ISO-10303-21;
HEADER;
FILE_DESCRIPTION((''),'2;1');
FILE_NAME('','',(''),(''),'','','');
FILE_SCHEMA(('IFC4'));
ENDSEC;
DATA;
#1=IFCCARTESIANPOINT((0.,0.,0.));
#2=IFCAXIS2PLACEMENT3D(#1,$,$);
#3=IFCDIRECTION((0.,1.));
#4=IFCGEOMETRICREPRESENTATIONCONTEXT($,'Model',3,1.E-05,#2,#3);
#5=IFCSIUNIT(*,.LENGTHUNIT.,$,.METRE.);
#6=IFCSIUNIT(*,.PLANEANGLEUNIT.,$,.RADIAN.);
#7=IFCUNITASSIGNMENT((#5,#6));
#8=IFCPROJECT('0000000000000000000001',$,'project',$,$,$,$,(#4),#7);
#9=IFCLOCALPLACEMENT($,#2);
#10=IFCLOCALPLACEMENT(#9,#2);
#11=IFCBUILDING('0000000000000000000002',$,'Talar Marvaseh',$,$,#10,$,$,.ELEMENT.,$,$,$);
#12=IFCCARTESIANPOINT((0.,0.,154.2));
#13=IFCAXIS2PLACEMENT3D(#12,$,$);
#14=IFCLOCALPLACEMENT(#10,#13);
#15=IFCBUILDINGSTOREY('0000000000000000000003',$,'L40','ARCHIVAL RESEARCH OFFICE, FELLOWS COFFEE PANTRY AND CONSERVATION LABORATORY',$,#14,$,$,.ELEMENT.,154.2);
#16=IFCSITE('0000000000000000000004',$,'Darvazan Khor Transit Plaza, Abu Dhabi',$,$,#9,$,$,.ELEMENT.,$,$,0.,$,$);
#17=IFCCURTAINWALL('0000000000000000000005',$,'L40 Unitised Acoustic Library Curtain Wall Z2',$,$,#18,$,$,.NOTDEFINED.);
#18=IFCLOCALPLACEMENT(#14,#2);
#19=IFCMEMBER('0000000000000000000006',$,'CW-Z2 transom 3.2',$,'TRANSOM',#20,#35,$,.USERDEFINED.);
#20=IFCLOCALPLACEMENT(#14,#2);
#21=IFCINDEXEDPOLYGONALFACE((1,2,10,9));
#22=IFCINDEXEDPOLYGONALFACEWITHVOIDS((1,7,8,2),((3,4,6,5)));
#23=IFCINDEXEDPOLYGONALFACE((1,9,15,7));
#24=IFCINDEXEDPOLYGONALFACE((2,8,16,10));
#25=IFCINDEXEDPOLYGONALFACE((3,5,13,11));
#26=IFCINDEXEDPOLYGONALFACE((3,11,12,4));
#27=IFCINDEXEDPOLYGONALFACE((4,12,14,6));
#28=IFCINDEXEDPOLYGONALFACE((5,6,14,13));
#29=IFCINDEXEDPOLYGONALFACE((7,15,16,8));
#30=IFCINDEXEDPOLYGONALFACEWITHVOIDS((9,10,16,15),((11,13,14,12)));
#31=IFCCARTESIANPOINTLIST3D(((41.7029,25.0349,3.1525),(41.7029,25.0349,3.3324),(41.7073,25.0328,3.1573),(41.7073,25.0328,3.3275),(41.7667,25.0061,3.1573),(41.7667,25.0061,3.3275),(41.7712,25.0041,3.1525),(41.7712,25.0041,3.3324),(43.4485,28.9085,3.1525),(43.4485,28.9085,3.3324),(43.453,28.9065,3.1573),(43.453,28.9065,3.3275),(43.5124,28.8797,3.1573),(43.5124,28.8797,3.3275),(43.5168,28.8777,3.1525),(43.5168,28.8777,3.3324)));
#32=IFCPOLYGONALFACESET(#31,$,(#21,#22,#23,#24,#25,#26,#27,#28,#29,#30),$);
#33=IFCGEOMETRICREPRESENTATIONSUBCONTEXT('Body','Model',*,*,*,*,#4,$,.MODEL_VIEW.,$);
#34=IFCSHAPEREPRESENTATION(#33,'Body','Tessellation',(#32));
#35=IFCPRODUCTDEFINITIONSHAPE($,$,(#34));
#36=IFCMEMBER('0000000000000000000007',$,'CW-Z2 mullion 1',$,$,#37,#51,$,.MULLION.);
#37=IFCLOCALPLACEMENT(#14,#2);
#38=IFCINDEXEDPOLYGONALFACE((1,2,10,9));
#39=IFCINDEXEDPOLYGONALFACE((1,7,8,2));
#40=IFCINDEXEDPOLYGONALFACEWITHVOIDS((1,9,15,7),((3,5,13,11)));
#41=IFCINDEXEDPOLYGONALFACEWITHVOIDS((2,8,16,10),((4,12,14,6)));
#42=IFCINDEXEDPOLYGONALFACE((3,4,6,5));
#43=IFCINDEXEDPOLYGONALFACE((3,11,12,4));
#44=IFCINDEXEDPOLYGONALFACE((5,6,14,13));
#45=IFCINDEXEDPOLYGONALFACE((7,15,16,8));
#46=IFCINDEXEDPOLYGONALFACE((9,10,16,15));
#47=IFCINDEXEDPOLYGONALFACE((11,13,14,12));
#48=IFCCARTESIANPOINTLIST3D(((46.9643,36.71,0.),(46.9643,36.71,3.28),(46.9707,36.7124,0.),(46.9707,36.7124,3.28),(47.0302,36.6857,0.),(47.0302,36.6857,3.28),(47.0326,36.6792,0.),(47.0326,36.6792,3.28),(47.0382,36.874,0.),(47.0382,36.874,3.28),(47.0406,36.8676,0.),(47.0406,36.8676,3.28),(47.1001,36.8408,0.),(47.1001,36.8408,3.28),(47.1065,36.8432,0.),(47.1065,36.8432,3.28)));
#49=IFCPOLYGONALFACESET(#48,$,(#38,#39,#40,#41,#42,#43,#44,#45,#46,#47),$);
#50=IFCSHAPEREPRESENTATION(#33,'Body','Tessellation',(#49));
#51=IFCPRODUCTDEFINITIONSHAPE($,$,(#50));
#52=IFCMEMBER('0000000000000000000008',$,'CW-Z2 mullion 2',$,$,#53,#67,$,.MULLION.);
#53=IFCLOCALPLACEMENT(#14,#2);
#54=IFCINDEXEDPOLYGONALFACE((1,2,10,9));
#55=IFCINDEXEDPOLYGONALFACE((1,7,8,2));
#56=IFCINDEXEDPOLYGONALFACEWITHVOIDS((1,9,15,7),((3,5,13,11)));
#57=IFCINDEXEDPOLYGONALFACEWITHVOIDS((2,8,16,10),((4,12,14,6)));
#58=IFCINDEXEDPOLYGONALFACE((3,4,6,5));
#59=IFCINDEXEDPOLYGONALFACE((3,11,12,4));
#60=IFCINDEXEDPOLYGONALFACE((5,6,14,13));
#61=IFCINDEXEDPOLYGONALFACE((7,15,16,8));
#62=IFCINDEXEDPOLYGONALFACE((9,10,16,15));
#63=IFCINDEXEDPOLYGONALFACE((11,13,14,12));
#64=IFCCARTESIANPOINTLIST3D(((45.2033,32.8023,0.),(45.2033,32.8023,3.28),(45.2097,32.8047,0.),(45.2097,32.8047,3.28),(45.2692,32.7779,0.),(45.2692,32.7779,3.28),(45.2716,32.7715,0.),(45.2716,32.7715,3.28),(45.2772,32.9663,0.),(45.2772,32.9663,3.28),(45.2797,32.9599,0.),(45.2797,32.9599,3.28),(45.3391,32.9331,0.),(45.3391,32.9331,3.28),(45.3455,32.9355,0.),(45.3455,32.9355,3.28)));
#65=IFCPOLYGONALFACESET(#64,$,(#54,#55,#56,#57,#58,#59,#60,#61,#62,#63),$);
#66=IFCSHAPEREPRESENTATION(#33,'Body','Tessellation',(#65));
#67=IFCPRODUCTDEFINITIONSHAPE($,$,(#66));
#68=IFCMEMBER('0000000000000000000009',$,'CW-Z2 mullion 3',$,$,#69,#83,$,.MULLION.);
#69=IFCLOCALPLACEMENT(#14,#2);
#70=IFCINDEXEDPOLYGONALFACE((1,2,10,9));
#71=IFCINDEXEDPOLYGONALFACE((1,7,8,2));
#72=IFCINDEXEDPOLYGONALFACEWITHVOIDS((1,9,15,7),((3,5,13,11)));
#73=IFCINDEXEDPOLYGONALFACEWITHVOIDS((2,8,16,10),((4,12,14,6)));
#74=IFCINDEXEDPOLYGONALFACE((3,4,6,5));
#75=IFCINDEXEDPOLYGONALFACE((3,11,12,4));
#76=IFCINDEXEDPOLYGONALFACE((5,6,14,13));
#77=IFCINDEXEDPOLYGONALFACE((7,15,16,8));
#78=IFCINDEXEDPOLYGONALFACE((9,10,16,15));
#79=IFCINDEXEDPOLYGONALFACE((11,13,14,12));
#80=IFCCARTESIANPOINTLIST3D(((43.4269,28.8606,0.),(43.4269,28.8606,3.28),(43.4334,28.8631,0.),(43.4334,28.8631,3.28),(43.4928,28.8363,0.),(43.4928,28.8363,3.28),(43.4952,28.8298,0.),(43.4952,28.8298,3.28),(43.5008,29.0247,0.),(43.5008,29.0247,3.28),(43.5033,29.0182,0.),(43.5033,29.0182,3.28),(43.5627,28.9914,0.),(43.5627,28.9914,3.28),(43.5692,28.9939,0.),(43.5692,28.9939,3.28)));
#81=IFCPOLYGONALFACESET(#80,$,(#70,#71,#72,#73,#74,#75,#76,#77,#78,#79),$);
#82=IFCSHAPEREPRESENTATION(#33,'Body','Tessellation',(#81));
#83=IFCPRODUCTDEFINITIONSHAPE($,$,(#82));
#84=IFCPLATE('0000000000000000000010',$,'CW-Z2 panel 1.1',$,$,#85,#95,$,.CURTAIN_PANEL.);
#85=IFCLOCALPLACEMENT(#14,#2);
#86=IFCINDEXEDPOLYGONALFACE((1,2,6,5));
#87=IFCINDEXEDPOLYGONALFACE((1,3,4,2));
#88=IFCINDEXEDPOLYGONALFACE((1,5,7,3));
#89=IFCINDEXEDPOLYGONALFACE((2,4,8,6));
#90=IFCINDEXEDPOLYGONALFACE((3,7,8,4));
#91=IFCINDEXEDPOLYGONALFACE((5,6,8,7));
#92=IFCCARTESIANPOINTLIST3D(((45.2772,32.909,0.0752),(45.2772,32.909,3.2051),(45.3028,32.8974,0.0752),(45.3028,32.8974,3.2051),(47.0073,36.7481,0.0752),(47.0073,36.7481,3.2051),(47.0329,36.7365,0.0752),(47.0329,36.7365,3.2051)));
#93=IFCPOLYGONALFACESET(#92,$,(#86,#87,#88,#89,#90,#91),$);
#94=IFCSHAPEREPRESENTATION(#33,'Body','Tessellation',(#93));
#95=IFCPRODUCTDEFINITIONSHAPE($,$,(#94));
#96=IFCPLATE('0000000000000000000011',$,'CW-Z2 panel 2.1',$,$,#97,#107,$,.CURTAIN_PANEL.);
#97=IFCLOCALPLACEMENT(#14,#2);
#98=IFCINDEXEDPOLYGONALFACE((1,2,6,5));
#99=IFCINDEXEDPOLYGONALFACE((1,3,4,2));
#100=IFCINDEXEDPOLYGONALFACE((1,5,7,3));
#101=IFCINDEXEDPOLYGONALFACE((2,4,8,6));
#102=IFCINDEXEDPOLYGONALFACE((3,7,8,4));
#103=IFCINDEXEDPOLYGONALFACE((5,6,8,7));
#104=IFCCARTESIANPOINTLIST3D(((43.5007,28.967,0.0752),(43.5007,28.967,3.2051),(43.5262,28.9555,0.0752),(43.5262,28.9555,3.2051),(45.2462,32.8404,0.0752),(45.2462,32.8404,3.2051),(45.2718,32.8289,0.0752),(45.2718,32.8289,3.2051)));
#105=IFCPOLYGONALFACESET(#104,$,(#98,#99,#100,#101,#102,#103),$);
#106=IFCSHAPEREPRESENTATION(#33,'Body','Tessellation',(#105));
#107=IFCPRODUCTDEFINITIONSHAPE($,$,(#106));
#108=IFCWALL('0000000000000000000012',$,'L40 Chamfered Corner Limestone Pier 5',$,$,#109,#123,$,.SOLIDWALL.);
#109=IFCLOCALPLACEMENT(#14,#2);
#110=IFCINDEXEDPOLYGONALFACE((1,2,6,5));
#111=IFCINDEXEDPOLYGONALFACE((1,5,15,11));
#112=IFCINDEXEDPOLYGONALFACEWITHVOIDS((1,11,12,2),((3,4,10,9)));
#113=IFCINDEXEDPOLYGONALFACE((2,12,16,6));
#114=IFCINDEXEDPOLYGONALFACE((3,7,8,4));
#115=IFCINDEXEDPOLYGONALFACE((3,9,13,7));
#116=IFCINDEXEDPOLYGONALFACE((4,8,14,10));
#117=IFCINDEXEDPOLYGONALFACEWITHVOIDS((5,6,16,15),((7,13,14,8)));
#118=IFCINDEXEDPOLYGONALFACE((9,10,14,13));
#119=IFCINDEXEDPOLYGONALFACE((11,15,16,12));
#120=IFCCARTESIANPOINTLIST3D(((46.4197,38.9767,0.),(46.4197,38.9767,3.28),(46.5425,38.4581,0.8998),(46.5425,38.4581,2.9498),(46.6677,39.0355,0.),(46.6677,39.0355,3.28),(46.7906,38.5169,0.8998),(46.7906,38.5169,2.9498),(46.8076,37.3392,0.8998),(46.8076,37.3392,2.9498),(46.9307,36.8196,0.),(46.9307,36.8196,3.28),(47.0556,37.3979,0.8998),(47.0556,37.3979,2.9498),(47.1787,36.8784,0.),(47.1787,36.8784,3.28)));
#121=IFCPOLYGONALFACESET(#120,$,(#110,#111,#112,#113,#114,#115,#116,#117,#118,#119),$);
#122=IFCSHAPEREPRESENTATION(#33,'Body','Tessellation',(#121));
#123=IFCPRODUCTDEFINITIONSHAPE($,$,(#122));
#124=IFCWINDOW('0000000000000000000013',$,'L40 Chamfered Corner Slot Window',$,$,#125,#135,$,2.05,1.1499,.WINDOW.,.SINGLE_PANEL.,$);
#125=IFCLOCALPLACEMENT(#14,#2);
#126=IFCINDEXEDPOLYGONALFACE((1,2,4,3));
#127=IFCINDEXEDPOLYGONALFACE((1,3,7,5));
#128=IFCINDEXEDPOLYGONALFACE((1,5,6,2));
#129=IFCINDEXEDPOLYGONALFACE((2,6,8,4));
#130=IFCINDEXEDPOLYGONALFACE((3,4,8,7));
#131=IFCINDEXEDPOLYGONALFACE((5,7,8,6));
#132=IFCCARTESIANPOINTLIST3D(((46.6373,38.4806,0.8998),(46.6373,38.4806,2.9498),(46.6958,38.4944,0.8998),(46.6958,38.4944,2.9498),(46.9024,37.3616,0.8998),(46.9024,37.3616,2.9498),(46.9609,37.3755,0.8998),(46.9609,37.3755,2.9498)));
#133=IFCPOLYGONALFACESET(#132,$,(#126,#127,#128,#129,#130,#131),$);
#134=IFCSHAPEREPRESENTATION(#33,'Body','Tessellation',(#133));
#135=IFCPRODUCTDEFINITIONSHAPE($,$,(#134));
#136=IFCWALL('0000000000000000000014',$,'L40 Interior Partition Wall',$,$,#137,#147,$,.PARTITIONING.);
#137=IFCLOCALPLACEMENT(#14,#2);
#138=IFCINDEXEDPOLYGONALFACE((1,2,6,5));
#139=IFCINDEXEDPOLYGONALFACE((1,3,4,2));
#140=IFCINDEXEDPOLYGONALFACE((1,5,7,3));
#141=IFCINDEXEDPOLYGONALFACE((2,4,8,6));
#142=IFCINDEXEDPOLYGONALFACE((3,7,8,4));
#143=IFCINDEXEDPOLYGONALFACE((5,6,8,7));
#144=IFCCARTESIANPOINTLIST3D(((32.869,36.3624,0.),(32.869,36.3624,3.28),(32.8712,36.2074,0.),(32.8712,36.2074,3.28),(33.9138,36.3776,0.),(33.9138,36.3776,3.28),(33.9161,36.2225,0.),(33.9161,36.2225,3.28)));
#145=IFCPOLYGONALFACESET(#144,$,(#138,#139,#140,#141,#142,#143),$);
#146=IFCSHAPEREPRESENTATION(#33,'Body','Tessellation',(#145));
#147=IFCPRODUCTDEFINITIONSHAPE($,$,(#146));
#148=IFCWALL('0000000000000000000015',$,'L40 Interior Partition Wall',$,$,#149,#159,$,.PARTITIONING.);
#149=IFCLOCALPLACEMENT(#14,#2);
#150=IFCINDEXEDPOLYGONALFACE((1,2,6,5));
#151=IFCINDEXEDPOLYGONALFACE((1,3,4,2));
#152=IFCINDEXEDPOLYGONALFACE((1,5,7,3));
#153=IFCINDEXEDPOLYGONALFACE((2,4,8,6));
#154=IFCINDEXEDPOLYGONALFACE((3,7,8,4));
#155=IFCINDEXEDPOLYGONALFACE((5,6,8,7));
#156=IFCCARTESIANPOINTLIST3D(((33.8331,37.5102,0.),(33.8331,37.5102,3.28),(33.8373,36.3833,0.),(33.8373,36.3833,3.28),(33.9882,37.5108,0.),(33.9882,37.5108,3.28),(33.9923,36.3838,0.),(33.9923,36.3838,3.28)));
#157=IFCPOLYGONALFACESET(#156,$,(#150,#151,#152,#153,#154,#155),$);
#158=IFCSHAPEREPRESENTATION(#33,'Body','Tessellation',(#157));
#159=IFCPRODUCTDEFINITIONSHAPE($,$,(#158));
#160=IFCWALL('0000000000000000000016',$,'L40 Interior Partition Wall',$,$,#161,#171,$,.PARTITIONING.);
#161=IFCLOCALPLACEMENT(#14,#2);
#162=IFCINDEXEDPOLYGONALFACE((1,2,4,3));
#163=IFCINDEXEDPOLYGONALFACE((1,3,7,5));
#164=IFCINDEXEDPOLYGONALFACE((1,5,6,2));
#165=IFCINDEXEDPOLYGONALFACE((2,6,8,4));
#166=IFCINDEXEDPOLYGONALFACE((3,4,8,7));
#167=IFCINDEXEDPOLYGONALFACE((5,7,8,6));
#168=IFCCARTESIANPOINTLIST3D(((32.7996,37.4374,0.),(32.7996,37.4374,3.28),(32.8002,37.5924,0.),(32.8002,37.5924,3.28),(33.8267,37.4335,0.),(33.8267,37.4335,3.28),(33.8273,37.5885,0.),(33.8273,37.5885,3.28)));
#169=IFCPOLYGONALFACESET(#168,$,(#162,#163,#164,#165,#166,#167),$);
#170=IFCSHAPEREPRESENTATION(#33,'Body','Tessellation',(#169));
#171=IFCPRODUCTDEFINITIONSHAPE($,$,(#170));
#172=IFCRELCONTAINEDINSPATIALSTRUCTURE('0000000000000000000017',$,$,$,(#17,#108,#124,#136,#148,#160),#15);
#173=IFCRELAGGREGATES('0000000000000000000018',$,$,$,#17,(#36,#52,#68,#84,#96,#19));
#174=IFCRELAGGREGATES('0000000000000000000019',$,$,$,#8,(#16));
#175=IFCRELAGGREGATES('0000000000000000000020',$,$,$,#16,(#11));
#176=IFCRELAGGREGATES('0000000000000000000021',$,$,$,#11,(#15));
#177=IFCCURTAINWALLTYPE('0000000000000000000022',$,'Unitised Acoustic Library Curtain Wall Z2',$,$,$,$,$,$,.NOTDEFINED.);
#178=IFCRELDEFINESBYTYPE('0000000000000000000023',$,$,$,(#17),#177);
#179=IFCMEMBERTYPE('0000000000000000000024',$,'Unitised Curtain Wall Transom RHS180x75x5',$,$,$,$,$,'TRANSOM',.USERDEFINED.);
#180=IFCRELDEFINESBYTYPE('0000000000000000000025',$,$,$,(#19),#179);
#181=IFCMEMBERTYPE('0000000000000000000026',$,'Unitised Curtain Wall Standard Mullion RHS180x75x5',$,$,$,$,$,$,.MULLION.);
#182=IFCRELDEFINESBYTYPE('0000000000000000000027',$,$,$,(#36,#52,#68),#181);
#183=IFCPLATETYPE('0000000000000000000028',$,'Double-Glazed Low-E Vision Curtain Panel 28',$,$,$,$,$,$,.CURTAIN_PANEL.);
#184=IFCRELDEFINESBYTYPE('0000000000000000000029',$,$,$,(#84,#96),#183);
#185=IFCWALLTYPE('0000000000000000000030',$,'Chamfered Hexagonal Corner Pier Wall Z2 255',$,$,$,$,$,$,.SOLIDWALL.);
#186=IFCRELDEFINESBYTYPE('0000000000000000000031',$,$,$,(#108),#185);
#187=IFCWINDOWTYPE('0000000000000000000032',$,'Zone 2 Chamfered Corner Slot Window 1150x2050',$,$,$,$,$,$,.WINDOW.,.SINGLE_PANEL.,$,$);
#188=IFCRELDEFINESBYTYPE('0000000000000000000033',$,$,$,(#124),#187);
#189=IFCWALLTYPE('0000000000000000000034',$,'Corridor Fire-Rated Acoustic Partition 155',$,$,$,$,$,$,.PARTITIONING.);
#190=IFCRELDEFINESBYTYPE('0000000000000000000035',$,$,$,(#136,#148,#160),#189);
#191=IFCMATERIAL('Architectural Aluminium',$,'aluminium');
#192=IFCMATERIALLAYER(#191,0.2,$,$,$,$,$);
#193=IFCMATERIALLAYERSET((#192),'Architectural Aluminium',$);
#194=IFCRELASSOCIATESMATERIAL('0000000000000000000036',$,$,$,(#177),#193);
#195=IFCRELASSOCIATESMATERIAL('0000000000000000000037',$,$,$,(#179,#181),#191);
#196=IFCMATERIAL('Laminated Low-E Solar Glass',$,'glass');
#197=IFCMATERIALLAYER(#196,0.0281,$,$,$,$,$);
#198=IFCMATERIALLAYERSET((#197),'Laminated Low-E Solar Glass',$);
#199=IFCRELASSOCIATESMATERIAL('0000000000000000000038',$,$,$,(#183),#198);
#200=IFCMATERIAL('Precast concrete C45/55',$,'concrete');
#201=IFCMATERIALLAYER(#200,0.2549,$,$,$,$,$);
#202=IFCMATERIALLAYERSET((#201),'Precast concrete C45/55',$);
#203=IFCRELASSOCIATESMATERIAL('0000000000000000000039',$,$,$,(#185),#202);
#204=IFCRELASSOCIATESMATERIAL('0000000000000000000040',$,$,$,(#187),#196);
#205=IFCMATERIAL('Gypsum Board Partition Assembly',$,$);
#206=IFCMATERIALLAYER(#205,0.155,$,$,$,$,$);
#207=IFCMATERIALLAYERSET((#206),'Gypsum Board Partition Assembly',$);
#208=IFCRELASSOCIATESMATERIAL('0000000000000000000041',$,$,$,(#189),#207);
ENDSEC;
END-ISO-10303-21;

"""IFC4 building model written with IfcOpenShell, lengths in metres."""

from ifc_helpers import new_model, si_unit, direction, frame, frame_2d, origin, origin_2d, place, context, subcontext, project, spatial, rectangle, hollow_rectangle, extrude, source, transform, mapped, material, layer, layer_set, material_profile, profile_set, type_object, type_shapes, element, fill, aggregate, save


model = new_model("IFC4")

# Units and contexts
model_context = context("Model", 3, precision=1e-05, world=origin(), true_north=direction((0.0, 1.0)))
body_context = subcontext(model_context, "Body", "Model", "MODEL_VIEW")
ifc_project = project(units=[si_unit("LENGTHUNIT", "METRE"), si_unit("PLANEANGLEUNIT", "RADIAN")], contexts=[model_context])

# Site, building, storey
site_placement = place(None, origin())
site = spatial("IfcSite", under=ifc_project, at=site_placement, Name="Darvazan Khor Transit Plaza, Abu Dhabi", CompositionType="ELEMENT", RefElevation=0.0)
building_placement = place(site_placement, origin())
building = spatial("IfcBuilding", under=site, at=building_placement, Name="Talar Marvaseh", CompositionType="ELEMENT")
storey_placement = place(building_placement, frame((0.0, 0.0, 154.2)))
storey = spatial("IfcBuildingStorey", under=building, at=storey_placement, Name="L40", Description="ARCHIVAL RESEARCH OFFICE, FELLOWS COFFEE PANTRY AND CONSERVATION LABORATORY", CompositionType="ELEMENT", Elevation=154.2)

# Curtain wall, members, plates
ifc_material_1 = material(Name="Architectural Aluminium", Category="aluminium")
ifc_layer_1 = layer(ifc_material_1, 0.2)
ifc_layer_set_1 = layer_set([ifc_layer_1], Name="Architectural Aluminium")
curtain_wall_type = type_object("IfcCurtainWallType", Name="Unitised Acoustic Library Curtain Wall Z2", PredefinedType="NOTDEFINED", material=ifc_layer_set_1)
curtain_wall_placement = place(storey_placement, origin())
curtain_wall = element("IfcCurtainWall", 1, at=curtain_wall_placement, inside=storey, type_object=curtain_wall_type, Name="L40 Unitised Acoustic Library Curtain Wall Z2", PredefinedType="NOTDEFINED")
ifc_material_profile_1 = material_profile(ifc_material_1, hollow_rectangle(XDim=0.075, YDim=0.1799, WallThickness=0.0049, at=origin_2d()), Name="RHS180x75x5")
ifc_profile_set_1 = profile_set([ifc_material_profile_1], Name="Architectural Aluminium")
member_type_1 = type_object("IfcMemberType", Name="Unitised Curtain Wall Transom RHS180x75x5", ElementType="TRANSOM", PredefinedType="USERDEFINED", material=ifc_profile_set_1)
shared_shape_1 = source(origin(), body_context, "Body", "SweptSolid", [
    extrude(hollow_rectangle(XDim=0.075, YDim=0.1799, WallThickness=0.0049, at=origin_2d()), origin(), (0.0, 0.0, 1.0), 4.2488),
])
member_1_placement = place(storey_placement, frame((43.4827, 28.8931, 3.2424), z_axis=(-0.410857, -0.9117, 0.0), x_axis=(0.9117, -0.410857, 0.0)))
member_1 = element("IfcMember", 2, at=member_1_placement, type_object=member_type_1, Name="CW-Z2 transom 3.2", ObjectType="TRANSOM", PredefinedType="USERDEFINED", context=body_context, shape_type="MappedRepresentation", body=[
    mapped(shared_shape_1, transform((0.0, 0.0, 0.0), x_axis=(1.0, 0.0, 0.0), y_axis=(0.0, 1.0, 0.0), z_axis=(0.0, 0.0, 1.0), scale=1.0)),
])
ifc_material_profile_2 = material_profile(ifc_material_1, hollow_rectangle(XDim=0.075, YDim=0.1799, WallThickness=0.0049, at=origin_2d()), Name="RHS180x75x5")
ifc_profile_set_2 = profile_set([ifc_material_profile_2], Name="Architectural Aluminium")
member_type_2 = type_object("IfcMemberType", Name="Unitised Curtain Wall Standard Mullion RHS180x75x5", PredefinedType="MULLION", material=ifc_profile_set_2)
shared_shape_2 = source(origin(), body_context, "Body", "SweptSolid", [
    extrude(hollow_rectangle(XDim=0.075, YDim=0.1799, WallThickness=0.0049, at=origin_2d()), origin(), (0.0, 0.0, 1.0), 3.28),
])
type_shapes(member_type_2, [shared_shape_2])
member_2_placement = place(storey_placement, frame((47.0354, 36.7766, 0.0), z_axis=(0.0, 0.0, 1.0), x_axis=(0.911697, -0.410862, 0.0)))
member_2 = element("IfcMember", 3, at=member_2_placement, type_object=member_type_2, Name="CW-Z2 mullion 1", PredefinedType="MULLION", context=body_context, shape_type="MappedRepresentation", body=[
    mapped(shared_shape_2, transform((0.0, 0.0, 0.0), x_axis=(1.0, 0.0, 0.0), y_axis=(0.0, 1.0, 0.0), z_axis=(0.0, 0.0, 1.0), scale=1.0)),
])
member_3_placement = place(storey_placement, frame((45.2744, 32.8689, 0.0), z_axis=(0.0, 0.0, 1.0), x_axis=(0.911697, -0.410862, 0.0)))
member_3 = element("IfcMember", 4, at=member_3_placement, type_object=member_type_2, Name="CW-Z2 mullion 2", PredefinedType="MULLION", context=body_context, shape_type="MappedRepresentation", body=[
    mapped(shared_shape_2, transform((0.0, 0.0, 0.0), x_axis=(1.0, 0.0, 0.0), y_axis=(0.0, 1.0, 0.0), z_axis=(0.0, 0.0, 1.0), scale=1.0)),
])
member_4_placement = place(storey_placement, frame((43.498, 28.9272, 0.0), z_axis=(0.0, 0.0, 1.0), x_axis=(0.911697, -0.410862, 0.0)))
member_4 = element("IfcMember", 5, at=member_4_placement, type_object=member_type_2, Name="CW-Z2 mullion 3", PredefinedType="MULLION", context=body_context, shape_type="MappedRepresentation", body=[
    mapped(shared_shape_2, transform((0.0, 0.0, 0.0), x_axis=(1.0, 0.0, 0.0), y_axis=(0.0, 1.0, 0.0), z_axis=(0.0, 0.0, 1.0), scale=1.0)),
])
ifc_material_2 = material(Name="Laminated Low-E Solar Glass", Category="glass")
ifc_layer_2 = layer(ifc_material_2, 0.0281)
ifc_layer_set_2 = layer_set([ifc_layer_2], Name="Laminated Low-E Solar Glass")
plate_type = type_object("IfcPlateType", Name="Double-Glazed Low-E Vision Curtain Panel 28", PredefinedType="CURTAIN_PANEL", material=ifc_layer_set_2)
shared_shape_3 = source(origin(), body_context, "Body", "SweptSolid", [
    extrude(rectangle(XDim=4.2109, YDim=0.0281, at=origin_2d()), origin(), (0.0, 0.0, 1.0), 3.1299),
])
plate_1_placement = place(storey_placement, frame((46.155, 34.8228, 0.0752), z_axis=(0.0, 0.0, 1.0), x_axis=(-0.410862, -0.911697, 0.0)))
plate_1 = element("IfcPlate", 6, at=plate_1_placement, type_object=plate_type, Name="CW-Z2 panel 1.1", PredefinedType="CURTAIN_PANEL", context=body_context, shape_type="MappedRepresentation", body=[
    mapped(shared_shape_3, transform((0.0, 0.0, 0.0), x_axis=(1.0, 0.0, 0.0), y_axis=(0.0, 1.0, 0.0), z_axis=(0.0, 0.0, 1.0), scale=1.0)),
])
shared_shape_4 = source(origin(), body_context, "Body", "SweptSolid", [
    extrude(rectangle(XDim=4.2485, YDim=0.0281, at=origin_2d()), origin(), (0.0, 0.0, 1.0), 3.1299),
])
type_shapes(plate_type, [shared_shape_3, shared_shape_4])
plate_2_placement = place(storey_placement, frame((44.3862, 30.8979, 0.0752), z_axis=(0.0, 0.0, 1.0), x_axis=(-0.410862, -0.911697, 0.0)))
plate_2 = element("IfcPlate", 7, at=plate_2_placement, type_object=plate_type, Name="CW-Z2 panel 2.1", PredefinedType="CURTAIN_PANEL", context=body_context, shape_type="MappedRepresentation", body=[
    mapped(shared_shape_4, transform((0.0, 0.0, 0.0), x_axis=(1.0, 0.0, 0.0), y_axis=(0.0, 1.0, 0.0), z_axis=(0.0, 0.0, 1.0), scale=1.0)),
])
aggregate(curtain_wall, [member_2, member_3, member_4, plate_1, plate_2, member_1])

# Wall, opening, window
ifc_material_3 = material(Name="Precast concrete C45/55", Category="concrete")
ifc_layer_3 = layer(ifc_material_3, 0.2549)
ifc_layer_set_3 = layer_set([ifc_layer_3], Name="Precast concrete C45/55")
wall_type_1 = type_object("IfcWallType", Name="Chamfered Hexagonal Corner Pier Wall Z2 255", PredefinedType="SOLIDWALL", material=ifc_layer_set_3)
wall_1_placement = place(storey_placement, frame((46.5437, 39.0061, 0.0), z_axis=(0.0, 0.0, 1.0), x_axis=(0.230519, -0.973068, 0.0)))
wall_1 = element("IfcWall", 8, at=wall_1_placement, inside=storey, type_object=wall_type_1, Name="L40 Chamfered Corner Limestone Pier 5", PredefinedType="SOLIDWALL", context=body_context, shape_type="SweptSolid", body=[
    extrude(rectangle(XDim=2.2168, YDim=0.2549, at=frame_2d((1.1084, 0.0))), origin(), (0.0, 0.0, 1.0), 3.28),
])
opening_1_placement = place(wall_1_placement, frame((0.533, 0.0, 0.8999)))
opening_1 = element("IfcOpeningElement", 9, at=opening_1_placement, cuts=wall_1, PredefinedType="OPENING", context=body_context, shape_type="SweptSolid", body=[
    extrude(rectangle(XDim=1.1499, YDim=2.05, at=frame_2d((0.575, 1.0249))), frame((0.0, 0.1375, 0.0), z_axis=(0.0, -1.0, 0.0), x_axis=(1.0, 0.0, 0.0)), (0.0, 0.0, 1.0), 0.2749),
])
window_type = type_object("IfcWindowType", Name="Zone 2 Chamfered Corner Slot Window 1150x2050", PartitioningType="SINGLE_PANEL", PredefinedType="WINDOW", material=ifc_material_2)
shared_shape_5 = source(origin(), body_context, "Body", "SweptSolid", [
    extrude(rectangle(XDim=1.1499, YDim=2.05, at=frame_2d((0.575, 1.0249))), frame((0.0, 0.03, 0.0), z_axis=(0.0, -1.0, 0.0), x_axis=(1.0, 0.0, 0.0)), (0.0, 0.0, 1.0), 0.0601),
])
type_shapes(window_type, [shared_shape_5])
window_placement = place(opening_1_placement, origin())
window = element("IfcWindow", 10, at=window_placement, inside=storey, type_object=window_type, Name="L40 Chamfered Corner Slot Window", OverallHeight=2.05, OverallWidth=1.1499, PartitioningType="SINGLE_PANEL", PredefinedType="WINDOW", context=body_context, shape_type="MappedRepresentation", body=[
    mapped(shared_shape_5, transform((0.0, 0.0, 0.0), x_axis=(1.0, 0.0, 0.0), y_axis=(0.0, 1.0, 0.0), z_axis=(0.0, 0.0, 1.0), scale=1.0)),
])
fill(opening_1, window)

# Walls
ifc_material_4 = material(Name="Gypsum Board Partition Assembly")
ifc_layer_4 = layer(ifc_material_4, 0.155)
ifc_layer_set_4 = layer_set([ifc_layer_4], Name="Gypsum Board Partition Assembly")
wall_type_2 = type_object("IfcWallType", Name="Corridor Fire-Rated Acoustic Partition 155", PredefinedType="PARTITIONING", material=ifc_layer_set_4)
wall_2_placement = place(storey_placement, frame((32.8701, 36.2849, 0.0), z_axis=(0.0, 0.0, 1.0), x_axis=(0.999895, 0.014484, 0.0)))
element("IfcWall", 11, at=wall_2_placement, inside=storey, type_object=wall_type_2, Name="L40 Interior Partition Wall", PredefinedType="PARTITIONING", context=body_context, shape_type="SweptSolid", body=[
    extrude(rectangle(XDim=1.0449, YDim=0.155, at=frame_2d((0.5225, 0.0))), origin(), (0.0, 0.0, 1.0), 3.28),
])
wall_3_placement = place(storey_placement, frame((33.9148, 36.3835, 0.0), z_axis=(0.0, 0.0, 1.0), x_axis=(-0.003683, 0.999993, 0.0)))
element("IfcWall", 12, at=wall_3_placement, inside=storey, type_object=wall_type_2, Name="L40 Interior Partition Wall", PredefinedType="PARTITIONING", context=body_context, shape_type="SweptSolid", body=[
    extrude(rectangle(XDim=1.127, YDim=0.155, at=frame_2d((0.5635, 0.0))), origin(), (0.0, 0.0, 1.0), 3.28),
])
wall_4_placement = place(storey_placement, frame((33.8271, 37.511, 0.0), z_axis=(0.0, 0.0, 1.0), x_axis=(-0.999993, 0.003803, 0.0)))
element("IfcWall", 13, at=wall_4_placement, inside=storey, type_object=wall_type_2, Name="L40 Interior Partition Wall", PredefinedType="PARTITIONING", context=body_context, shape_type="SweptSolid", body=[
    extrude(rectangle(XDim=1.0271, YDim=0.155, at=frame_2d((0.5137, 0.0))), origin(), (0.0, 0.0, 1.0), 3.28),
])

save(model, "model.ifc")
